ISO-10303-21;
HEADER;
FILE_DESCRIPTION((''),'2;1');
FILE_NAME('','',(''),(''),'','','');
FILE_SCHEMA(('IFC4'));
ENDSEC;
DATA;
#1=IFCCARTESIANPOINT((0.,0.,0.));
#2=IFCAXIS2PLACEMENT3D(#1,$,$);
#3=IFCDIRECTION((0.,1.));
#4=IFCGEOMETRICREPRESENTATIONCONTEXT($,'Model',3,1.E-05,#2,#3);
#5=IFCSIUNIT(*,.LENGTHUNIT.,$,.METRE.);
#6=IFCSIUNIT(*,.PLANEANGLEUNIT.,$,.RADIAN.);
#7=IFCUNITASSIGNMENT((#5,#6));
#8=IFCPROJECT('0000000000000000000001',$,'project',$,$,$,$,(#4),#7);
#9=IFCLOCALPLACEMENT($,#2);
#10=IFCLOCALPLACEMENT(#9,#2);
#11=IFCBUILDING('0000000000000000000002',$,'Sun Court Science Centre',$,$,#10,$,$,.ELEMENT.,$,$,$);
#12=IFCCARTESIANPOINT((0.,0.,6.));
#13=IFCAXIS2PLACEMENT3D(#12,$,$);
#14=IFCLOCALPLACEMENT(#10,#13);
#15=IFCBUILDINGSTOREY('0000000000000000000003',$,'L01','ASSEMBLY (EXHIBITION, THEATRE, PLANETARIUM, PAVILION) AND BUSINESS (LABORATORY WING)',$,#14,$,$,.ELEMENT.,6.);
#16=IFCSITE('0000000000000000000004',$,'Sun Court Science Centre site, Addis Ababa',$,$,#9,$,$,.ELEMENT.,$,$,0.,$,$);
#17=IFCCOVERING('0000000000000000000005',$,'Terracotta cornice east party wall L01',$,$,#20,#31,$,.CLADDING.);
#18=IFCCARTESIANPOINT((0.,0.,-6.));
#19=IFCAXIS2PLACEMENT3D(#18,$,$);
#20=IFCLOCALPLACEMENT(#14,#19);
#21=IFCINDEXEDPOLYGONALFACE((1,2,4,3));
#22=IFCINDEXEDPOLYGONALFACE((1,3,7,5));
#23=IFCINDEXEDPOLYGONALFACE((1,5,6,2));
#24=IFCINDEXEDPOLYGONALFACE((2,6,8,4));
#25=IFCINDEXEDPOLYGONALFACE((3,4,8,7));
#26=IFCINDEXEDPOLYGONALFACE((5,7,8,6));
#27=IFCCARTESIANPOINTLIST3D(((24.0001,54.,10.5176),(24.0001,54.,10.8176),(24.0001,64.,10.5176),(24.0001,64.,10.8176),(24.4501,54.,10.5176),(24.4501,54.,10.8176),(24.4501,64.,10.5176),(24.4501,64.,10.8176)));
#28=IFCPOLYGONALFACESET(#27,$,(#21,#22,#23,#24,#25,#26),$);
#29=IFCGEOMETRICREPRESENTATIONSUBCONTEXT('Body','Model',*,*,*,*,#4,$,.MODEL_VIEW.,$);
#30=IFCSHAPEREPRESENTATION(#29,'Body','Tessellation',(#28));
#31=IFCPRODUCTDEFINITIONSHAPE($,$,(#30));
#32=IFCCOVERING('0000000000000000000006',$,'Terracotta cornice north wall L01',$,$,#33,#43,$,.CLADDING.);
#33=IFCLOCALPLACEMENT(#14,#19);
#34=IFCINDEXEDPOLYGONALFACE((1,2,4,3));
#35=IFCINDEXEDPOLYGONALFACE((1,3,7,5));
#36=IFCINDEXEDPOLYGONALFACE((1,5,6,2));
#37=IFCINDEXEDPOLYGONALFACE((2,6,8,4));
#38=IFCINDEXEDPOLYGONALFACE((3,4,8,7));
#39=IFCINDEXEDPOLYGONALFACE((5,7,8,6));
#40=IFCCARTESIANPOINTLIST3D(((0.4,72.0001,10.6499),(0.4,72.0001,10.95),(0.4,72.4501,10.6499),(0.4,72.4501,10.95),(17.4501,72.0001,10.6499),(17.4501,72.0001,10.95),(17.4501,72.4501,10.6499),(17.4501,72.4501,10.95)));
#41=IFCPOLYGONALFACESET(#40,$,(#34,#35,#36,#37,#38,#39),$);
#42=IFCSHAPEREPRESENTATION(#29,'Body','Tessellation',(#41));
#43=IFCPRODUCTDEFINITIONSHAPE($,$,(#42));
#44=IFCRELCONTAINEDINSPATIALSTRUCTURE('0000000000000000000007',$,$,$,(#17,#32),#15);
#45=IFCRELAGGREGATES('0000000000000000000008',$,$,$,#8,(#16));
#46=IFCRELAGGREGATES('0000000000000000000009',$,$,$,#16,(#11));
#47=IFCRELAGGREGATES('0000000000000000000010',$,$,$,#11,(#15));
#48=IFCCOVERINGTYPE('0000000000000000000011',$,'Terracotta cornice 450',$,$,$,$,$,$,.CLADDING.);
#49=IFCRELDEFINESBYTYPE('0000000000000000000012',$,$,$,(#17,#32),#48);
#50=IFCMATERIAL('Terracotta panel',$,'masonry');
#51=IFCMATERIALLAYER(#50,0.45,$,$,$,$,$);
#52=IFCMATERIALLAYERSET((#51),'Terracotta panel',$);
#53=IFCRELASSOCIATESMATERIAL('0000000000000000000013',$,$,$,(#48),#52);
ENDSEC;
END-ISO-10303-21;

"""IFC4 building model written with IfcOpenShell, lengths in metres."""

from ifc_helpers import new_model, si_unit, direction, frame, origin, origin_2d, place, context, subcontext, project, spatial, rectangle, extrude, material, layer, layer_set, type_object, element, save


model = new_model("IFC4")

# Units and contexts
model_context = context("Model", 3, precision=1e-05, world=origin(), true_north=direction((0.0, 1.0)))
body_context = subcontext(model_context, "Body", "Model", "MODEL_VIEW")
ifc_project = project(units=[si_unit("LENGTHUNIT", "METRE"), si_unit("PLANEANGLEUNIT", "RADIAN")], contexts=[model_context])

# Site, building, storey
site_placement = place(None, origin())
site = spatial("IfcSite", under=ifc_project, at=site_placement, Name="Sun Court Science Centre site, Addis Ababa", CompositionType="ELEMENT", RefElevation=0.0)
building_placement = place(site_placement, origin())
building = spatial("IfcBuilding", under=site, at=building_placement, Name="Sun Court Science Centre", CompositionType="ELEMENT")
storey_placement = place(building_placement, frame((0.0, 0.0, 6.0)))
storey = spatial("IfcBuildingStorey", under=building, at=storey_placement, Name="L01", Description="ASSEMBLY (EXHIBITION, THEATRE, PLANETARIUM, PAVILION) AND BUSINESS (LABORATORY WING)", CompositionType="ELEMENT", Elevation=6.0)

# Coverings
ifc_material_1 = material(Name="Terracotta panel", Category="masonry")
ifc_layer_1 = layer(ifc_material_1, 0.45)
ifc_layer_set_1 = layer_set([ifc_layer_1], Name="Terracotta panel")
covering_type_1 = type_object("IfcCoveringType", Name="Terracotta cornice 450", PredefinedType="CLADDING", material=ifc_layer_set_1)
covering_1_placement = place(storey_placement, frame((0.0, 0.0, -6.0)))
element("IfcCovering", 1, at=covering_1_placement, inside=storey, type_object=covering_type_1, Name="Terracotta cornice east party wall L01", PredefinedType="CLADDING", context=body_context, shape_type="SweptSolid", body=[
    extrude(rectangle(XDim=10.0, YDim=0.45, at=origin_2d()), frame((24.2251, 59.0, 10.5176), z_axis=(0.0, 0.0, 1.0), x_axis=(0.0, -1.0, 0.0)), (0.0, 0.0, 1.0), 0.3),
])
covering_2_placement = place(storey_placement, frame((0.0, 0.0, -6.0)))
element("IfcCovering", 2, at=covering_2_placement, inside=storey, type_object=covering_type_1, Name="Terracotta cornice north wall L01", PredefinedType="CLADDING", context=body_context, shape_type="SweptSolid", body=[
    extrude(rectangle(XDim=17.05, YDim=0.45, at=origin_2d()), frame((8.925, 72.2251, 10.6499), z_axis=(0.0, 0.0, 1.0), x_axis=(1.0, 0.0, 0.0)), (0.0, 0.0, 1.0), 0.3),
])

save(model, "model.ifc")
